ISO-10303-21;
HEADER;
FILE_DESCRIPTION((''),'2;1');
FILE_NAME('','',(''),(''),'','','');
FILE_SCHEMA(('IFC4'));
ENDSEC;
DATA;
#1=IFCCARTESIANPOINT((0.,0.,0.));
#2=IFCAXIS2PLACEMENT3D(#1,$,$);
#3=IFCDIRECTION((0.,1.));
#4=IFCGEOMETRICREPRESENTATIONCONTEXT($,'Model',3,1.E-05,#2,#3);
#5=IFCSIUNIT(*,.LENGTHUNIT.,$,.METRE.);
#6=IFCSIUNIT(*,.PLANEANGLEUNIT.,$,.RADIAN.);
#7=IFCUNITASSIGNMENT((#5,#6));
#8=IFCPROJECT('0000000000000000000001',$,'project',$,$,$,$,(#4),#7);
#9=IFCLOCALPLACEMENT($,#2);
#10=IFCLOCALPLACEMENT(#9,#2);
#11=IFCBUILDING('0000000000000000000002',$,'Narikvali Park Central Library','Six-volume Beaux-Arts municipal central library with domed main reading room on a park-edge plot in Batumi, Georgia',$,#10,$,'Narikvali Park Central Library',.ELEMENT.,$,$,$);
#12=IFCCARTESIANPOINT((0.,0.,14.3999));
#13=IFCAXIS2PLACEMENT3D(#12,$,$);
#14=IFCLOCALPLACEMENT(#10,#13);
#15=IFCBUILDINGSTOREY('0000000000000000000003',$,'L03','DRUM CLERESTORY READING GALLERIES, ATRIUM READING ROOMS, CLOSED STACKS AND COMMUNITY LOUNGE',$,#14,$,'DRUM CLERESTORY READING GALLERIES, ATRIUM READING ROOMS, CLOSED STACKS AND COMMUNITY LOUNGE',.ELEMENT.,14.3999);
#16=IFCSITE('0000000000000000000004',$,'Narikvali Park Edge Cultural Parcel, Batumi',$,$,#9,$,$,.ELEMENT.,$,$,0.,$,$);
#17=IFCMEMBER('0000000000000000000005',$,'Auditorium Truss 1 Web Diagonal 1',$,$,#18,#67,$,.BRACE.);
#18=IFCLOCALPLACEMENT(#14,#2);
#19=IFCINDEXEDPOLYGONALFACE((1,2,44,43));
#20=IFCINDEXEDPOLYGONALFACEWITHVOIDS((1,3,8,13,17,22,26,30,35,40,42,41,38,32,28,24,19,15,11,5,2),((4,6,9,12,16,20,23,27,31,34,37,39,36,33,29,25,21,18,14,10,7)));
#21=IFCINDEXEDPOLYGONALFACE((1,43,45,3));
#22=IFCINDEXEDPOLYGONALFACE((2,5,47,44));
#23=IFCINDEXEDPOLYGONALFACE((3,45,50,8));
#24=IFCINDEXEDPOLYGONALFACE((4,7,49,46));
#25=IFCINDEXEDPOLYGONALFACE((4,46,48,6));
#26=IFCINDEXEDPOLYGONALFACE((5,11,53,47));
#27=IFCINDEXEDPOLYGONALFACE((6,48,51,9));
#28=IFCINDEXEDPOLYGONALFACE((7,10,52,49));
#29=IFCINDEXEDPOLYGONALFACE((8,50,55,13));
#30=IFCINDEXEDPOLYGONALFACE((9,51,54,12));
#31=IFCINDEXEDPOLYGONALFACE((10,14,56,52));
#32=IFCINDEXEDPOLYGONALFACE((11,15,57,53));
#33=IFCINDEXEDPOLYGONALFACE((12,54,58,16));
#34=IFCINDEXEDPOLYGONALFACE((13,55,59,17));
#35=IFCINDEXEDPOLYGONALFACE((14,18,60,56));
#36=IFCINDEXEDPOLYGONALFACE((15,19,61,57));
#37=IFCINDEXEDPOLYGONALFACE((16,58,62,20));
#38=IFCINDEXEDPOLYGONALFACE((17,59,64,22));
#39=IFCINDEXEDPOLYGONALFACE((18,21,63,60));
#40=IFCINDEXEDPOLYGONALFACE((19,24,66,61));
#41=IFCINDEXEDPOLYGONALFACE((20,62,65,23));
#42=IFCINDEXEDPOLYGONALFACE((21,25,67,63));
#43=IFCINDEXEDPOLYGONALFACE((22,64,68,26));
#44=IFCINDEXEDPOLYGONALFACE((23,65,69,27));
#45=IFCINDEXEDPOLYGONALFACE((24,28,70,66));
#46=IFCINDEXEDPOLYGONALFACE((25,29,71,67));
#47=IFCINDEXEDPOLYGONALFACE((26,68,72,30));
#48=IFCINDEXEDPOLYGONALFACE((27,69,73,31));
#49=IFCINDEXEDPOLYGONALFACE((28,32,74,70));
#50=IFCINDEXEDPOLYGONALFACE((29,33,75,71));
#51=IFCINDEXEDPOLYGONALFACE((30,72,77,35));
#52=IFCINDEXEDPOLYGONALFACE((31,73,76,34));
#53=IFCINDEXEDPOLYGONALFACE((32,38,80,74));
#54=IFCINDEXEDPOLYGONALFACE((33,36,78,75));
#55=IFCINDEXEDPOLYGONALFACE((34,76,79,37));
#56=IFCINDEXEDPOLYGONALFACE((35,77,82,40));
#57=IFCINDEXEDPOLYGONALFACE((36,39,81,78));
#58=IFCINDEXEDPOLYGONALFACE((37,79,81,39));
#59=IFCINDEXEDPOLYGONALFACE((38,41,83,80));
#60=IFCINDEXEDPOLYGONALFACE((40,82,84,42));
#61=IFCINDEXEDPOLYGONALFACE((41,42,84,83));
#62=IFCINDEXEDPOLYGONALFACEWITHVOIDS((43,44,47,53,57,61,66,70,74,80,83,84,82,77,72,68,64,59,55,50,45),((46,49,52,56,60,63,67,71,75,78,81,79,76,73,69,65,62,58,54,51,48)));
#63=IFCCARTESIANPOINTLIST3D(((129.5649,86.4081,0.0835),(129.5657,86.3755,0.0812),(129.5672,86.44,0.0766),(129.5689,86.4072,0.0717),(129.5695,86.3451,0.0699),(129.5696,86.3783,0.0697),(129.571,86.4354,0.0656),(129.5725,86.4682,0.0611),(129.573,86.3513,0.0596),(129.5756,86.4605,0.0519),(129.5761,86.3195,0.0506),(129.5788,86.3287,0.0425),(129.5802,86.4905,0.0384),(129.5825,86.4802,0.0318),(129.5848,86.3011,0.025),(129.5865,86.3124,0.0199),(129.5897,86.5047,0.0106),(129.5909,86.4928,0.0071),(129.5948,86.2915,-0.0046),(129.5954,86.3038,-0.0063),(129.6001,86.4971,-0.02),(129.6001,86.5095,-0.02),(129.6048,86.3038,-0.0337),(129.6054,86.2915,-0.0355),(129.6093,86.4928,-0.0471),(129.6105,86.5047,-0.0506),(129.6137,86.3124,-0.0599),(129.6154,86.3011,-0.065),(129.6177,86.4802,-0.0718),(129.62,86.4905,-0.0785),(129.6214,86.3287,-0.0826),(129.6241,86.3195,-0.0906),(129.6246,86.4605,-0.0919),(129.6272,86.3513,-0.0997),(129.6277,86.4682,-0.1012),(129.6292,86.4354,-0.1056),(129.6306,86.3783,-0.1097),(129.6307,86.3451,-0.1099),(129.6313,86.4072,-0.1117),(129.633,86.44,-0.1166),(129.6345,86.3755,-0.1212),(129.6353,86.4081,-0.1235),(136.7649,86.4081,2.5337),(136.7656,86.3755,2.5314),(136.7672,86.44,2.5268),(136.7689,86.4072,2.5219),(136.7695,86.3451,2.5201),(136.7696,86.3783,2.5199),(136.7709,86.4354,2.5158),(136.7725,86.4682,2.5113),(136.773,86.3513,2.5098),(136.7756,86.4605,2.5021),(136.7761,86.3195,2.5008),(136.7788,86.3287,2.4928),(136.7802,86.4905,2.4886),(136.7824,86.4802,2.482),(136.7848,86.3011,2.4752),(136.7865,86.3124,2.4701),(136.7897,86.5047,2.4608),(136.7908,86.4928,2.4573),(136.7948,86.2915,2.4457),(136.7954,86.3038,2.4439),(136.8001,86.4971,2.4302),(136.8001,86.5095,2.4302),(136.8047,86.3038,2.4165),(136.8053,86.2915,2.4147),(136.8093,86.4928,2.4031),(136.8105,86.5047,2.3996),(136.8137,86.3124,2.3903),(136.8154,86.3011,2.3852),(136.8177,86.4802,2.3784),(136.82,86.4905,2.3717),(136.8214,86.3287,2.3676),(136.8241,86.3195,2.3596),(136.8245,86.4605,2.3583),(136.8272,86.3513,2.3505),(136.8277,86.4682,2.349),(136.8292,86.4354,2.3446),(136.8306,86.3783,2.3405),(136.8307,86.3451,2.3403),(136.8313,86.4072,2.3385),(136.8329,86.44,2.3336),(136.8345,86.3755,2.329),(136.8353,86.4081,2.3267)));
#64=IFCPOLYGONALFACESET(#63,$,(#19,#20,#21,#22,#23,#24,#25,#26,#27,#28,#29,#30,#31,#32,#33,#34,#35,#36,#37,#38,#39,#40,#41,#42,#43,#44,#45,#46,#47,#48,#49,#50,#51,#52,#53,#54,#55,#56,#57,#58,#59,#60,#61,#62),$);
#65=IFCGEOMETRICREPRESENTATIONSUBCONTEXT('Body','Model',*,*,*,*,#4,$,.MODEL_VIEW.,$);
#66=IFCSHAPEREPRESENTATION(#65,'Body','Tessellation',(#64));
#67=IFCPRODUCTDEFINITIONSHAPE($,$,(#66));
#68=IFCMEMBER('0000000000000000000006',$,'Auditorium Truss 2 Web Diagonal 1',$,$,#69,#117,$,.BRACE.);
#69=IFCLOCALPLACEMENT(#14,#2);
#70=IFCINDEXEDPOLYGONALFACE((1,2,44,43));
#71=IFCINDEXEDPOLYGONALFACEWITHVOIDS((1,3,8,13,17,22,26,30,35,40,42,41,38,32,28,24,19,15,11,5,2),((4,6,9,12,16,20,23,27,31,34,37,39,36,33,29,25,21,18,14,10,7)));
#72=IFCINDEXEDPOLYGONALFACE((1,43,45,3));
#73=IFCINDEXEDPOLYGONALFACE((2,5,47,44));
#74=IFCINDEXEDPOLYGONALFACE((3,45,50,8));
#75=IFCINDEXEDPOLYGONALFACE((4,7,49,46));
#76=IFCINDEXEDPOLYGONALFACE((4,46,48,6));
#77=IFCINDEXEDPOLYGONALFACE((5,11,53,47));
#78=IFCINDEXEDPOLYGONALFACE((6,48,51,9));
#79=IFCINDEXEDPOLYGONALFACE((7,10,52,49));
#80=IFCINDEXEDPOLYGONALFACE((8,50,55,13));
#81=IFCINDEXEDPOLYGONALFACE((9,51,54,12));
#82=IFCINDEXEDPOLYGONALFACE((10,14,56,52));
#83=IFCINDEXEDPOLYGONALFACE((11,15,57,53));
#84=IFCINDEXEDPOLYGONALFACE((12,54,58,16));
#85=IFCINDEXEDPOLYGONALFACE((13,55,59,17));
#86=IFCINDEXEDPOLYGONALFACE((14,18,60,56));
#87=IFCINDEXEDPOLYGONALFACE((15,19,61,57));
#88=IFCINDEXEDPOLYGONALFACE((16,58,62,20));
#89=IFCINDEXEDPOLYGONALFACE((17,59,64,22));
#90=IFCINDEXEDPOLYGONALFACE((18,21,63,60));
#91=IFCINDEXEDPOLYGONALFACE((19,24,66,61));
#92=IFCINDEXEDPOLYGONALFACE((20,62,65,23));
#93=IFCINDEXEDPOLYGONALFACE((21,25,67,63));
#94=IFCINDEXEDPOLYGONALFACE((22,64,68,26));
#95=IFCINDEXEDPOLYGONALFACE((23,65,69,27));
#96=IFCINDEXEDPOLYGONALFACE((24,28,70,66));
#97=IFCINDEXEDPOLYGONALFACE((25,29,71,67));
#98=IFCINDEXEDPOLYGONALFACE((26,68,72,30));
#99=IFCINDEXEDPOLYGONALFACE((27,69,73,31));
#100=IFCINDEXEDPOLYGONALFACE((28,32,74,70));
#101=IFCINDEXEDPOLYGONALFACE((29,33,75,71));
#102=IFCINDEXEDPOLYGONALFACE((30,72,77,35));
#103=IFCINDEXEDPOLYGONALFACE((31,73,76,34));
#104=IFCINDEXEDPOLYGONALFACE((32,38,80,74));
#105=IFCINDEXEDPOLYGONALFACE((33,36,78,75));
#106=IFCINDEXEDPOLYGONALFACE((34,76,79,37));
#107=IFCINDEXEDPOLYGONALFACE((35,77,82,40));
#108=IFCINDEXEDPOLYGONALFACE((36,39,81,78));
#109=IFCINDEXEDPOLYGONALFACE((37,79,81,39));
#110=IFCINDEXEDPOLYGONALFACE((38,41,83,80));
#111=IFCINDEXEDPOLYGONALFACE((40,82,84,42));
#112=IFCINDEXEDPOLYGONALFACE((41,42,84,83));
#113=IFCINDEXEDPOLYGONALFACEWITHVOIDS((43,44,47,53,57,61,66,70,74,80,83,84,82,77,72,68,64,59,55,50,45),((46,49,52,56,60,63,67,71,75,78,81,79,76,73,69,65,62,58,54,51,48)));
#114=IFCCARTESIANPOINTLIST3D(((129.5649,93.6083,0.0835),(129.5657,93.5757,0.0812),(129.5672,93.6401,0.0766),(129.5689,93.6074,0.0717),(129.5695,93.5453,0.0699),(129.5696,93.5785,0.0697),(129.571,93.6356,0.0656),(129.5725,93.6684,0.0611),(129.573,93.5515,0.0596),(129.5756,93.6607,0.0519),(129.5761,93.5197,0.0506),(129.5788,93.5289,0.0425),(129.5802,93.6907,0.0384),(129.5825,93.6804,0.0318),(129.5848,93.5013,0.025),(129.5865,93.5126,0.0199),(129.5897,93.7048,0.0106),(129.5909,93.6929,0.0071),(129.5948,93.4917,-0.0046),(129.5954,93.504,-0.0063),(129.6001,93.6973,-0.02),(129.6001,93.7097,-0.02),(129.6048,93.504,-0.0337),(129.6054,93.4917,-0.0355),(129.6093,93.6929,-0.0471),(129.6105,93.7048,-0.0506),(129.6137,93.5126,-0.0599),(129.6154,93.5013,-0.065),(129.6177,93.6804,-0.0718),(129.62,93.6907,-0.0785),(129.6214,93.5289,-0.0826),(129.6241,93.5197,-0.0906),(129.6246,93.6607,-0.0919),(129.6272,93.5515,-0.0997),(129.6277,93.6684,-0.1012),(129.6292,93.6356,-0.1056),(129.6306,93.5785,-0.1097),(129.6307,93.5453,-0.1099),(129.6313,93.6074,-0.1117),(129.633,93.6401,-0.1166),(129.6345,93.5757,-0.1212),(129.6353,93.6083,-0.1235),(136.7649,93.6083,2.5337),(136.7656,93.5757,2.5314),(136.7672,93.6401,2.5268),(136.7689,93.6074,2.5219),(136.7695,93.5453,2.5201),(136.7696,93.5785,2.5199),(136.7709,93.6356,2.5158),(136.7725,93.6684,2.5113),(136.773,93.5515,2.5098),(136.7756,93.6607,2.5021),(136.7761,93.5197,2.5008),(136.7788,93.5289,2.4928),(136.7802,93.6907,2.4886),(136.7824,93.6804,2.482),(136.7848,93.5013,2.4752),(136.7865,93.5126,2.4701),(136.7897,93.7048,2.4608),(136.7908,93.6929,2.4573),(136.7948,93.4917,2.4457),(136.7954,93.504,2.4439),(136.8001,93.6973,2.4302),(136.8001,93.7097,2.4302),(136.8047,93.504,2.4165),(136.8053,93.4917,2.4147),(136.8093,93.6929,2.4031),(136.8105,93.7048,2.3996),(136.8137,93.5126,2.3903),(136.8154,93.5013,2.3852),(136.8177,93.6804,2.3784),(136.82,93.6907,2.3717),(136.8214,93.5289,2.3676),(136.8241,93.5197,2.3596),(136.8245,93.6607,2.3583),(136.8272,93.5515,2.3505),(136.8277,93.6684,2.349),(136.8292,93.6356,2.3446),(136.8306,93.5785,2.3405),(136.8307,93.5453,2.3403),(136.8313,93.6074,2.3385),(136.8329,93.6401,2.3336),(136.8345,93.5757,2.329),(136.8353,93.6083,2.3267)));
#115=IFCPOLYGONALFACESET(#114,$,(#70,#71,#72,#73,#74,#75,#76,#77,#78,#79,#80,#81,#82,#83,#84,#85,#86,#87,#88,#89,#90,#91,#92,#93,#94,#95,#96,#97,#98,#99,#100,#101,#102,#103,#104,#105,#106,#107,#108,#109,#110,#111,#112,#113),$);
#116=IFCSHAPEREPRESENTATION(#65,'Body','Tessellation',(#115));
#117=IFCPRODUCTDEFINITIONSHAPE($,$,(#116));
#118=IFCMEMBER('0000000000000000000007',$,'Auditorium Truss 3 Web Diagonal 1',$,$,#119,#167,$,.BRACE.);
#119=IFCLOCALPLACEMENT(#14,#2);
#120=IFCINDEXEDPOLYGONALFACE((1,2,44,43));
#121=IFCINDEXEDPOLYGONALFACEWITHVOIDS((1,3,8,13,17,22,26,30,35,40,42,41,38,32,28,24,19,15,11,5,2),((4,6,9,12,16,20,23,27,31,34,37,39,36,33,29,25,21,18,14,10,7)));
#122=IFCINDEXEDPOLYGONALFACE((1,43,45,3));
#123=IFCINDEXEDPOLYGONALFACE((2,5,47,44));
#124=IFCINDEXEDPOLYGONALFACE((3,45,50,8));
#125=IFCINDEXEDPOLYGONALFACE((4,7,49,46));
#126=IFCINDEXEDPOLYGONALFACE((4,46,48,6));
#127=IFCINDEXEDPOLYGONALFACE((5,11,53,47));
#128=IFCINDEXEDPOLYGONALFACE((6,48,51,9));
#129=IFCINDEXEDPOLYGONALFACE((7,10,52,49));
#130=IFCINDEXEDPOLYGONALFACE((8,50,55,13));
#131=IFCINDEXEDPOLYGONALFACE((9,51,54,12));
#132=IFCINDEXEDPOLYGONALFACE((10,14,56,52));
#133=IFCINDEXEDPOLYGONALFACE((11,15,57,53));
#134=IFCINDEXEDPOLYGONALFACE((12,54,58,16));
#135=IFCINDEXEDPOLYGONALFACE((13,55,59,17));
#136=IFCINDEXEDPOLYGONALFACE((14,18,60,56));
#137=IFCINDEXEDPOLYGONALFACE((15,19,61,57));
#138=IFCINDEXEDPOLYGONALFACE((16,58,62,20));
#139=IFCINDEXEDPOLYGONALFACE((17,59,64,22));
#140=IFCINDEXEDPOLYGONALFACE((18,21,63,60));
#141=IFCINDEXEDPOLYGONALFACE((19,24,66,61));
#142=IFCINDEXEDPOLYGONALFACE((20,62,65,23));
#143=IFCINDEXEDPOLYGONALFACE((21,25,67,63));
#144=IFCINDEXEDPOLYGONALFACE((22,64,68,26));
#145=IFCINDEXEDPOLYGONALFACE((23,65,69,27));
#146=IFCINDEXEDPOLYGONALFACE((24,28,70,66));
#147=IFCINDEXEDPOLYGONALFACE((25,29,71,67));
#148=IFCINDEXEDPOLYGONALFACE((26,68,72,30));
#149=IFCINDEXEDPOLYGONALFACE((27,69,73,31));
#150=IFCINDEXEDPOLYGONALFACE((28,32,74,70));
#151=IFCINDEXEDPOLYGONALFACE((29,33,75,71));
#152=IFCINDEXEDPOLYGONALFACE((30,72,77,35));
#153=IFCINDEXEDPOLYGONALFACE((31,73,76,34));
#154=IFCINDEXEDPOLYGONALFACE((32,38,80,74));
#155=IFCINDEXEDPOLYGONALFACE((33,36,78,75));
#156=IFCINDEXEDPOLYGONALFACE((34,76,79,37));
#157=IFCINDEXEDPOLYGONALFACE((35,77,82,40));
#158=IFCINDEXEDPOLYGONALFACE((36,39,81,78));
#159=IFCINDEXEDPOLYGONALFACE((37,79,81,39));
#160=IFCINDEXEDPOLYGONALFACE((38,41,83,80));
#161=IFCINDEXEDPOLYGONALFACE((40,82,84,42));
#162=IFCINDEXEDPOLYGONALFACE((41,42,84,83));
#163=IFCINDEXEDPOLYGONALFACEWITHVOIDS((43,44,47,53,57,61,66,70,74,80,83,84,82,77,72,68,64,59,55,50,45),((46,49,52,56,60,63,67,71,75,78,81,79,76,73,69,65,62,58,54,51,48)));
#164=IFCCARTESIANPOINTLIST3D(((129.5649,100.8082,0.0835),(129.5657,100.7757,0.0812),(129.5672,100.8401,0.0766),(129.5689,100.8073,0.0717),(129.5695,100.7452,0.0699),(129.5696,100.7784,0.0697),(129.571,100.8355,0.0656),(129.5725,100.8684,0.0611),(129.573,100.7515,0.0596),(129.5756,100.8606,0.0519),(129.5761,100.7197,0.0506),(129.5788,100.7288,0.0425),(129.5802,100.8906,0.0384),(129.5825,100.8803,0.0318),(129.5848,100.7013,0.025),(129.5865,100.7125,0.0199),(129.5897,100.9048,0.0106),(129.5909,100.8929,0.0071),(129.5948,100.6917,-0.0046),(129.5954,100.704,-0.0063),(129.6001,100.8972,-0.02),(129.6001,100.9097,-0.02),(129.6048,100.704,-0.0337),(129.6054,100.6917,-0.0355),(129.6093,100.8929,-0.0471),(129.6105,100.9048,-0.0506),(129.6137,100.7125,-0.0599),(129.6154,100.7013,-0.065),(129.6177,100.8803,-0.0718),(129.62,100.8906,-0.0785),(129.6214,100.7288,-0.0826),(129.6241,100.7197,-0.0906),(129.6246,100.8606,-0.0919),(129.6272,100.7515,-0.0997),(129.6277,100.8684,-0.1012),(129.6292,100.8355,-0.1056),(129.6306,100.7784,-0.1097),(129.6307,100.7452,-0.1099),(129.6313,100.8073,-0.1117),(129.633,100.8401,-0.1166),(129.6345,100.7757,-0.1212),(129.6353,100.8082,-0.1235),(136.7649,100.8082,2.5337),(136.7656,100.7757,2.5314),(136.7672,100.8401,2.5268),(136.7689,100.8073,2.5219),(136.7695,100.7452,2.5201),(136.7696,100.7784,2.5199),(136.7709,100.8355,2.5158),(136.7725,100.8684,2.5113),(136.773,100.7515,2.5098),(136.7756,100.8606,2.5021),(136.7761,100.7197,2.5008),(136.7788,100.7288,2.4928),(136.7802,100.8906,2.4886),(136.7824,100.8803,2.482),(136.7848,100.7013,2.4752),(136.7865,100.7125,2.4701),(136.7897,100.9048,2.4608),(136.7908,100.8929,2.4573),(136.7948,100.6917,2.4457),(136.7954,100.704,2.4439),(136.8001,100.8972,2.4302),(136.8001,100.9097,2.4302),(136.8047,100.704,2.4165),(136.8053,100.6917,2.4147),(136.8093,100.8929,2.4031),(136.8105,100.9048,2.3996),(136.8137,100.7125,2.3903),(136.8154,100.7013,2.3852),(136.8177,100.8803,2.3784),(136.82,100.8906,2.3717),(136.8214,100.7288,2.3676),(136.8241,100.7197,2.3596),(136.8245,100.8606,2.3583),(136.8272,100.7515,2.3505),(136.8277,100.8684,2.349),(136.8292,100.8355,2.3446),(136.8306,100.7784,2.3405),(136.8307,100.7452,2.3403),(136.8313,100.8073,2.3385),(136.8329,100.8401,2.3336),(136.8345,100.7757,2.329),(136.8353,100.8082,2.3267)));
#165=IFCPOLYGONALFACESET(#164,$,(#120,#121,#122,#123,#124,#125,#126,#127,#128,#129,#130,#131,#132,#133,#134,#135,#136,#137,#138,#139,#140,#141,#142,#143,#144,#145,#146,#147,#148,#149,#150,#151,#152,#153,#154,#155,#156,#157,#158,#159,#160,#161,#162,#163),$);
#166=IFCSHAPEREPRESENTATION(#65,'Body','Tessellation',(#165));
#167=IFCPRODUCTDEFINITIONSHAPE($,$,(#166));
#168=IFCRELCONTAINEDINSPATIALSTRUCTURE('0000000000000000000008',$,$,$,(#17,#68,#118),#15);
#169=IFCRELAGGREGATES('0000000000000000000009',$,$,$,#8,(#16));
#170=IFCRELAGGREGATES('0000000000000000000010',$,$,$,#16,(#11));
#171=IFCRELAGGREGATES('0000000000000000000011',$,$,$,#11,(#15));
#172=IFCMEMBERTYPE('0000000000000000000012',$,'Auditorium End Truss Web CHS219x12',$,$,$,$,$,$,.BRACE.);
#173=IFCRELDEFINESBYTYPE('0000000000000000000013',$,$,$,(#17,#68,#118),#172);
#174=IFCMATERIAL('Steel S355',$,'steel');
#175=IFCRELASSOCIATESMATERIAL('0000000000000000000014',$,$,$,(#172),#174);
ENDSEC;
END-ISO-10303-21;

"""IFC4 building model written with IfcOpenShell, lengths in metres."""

from ifc_helpers import new_model, si_unit, direction, frame, origin, origin_2d, place, context, subcontext, project, spatial, hollow_circle, extrude, material, material_profile, profile_set, type_object, element, save


model = new_model("IFC4")

# Units and contexts
model_context = context("Model", 3, precision=1e-05, world=origin(), true_north=direction((0.0, 1.0)))
body_context = subcontext(model_context, "Body", "Model", "MODEL_VIEW")
ifc_project = project(units=[si_unit("LENGTHUNIT", "METRE"), si_unit("PLANEANGLEUNIT", "RADIAN")], contexts=[model_context])

# Site, building, storey
site_placement = place(None, origin())
site = spatial("IfcSite", under=ifc_project, at=site_placement, Name="Narikvali Park Edge Cultural Parcel, Batumi", CompositionType="ELEMENT", RefElevation=0.0)
building_placement = place(site_placement, origin())
building = spatial("IfcBuilding", under=site, at=building_placement, Name="Narikvali Park Central Library", Description="Six-volume Beaux-Arts municipal central library with domed main reading room on a park-edge plot in Batumi, Georgia", LongName="Narikvali Park Central Library", CompositionType="ELEMENT")
storey_placement = place(building_placement, frame((0.0, 0.0, 14.3999)))
storey = spatial("IfcBuildingStorey", under=building, at=storey_placement, Name="L03", Description="DRUM CLERESTORY READING GALLERIES, ATRIUM READING ROOMS, CLOSED STACKS AND COMMUNITY LOUNGE", LongName="DRUM CLERESTORY READING GALLERIES, ATRIUM READING ROOMS, CLOSED STACKS AND COMMUNITY LOUNGE", CompositionType="ELEMENT", Elevation=14.3999)

# Members
ifc_material = material(Name="Steel S355", Category="steel")
ifc_material_profile_1 = material_profile(ifc_material, hollow_circle(Radius=0.1096, WallThickness=0.0125, at=origin_2d()), Name="CHS 219.1x12.5")
ifc_profile_set_1 = profile_set([ifc_material_profile_1], Name="Steel S355")
member_type_1 = type_object("IfcMemberType", Name="Auditorium End Truss Web CHS219x12", PredefinedType="BRACE", material=ifc_profile_set_1)
for number, where, z_axis, x_axis, name in (
    (1, (129.6001, 86.3999, -0.02), (0.946684, 0.0, 0.322163), (0.0, 1.0, 0.0), "Auditorium Truss 1 Web Diagonal 1"),
    (2, (129.6001, 93.6001, -0.02), (0.946684, 0.0, 0.322163), (0.0, 1.0, 0.0), "Auditorium Truss 2 Web Diagonal 1"),
    (3, (129.6001, 100.8, -0.02), (0.946684, 0.0, 0.322163), (0.0, 1.0, 0.0), "Auditorium Truss 3 Web Diagonal 1"),
):
    element("IfcMember", number, at=place(storey_placement, frame(where, z_axis=z_axis, x_axis=x_axis)), inside=storey, type_object=member_type_1, Name=name, PredefinedType="BRACE", context=body_context, shape_type="SweptSolid", body=[
        extrude(hollow_circle(Radius=0.1096, WallThickness=0.0125, at=origin_2d()), origin(), (0.0, 0.0, 1.0), 7.6055),
    ])

save(model, "model.ifc")
